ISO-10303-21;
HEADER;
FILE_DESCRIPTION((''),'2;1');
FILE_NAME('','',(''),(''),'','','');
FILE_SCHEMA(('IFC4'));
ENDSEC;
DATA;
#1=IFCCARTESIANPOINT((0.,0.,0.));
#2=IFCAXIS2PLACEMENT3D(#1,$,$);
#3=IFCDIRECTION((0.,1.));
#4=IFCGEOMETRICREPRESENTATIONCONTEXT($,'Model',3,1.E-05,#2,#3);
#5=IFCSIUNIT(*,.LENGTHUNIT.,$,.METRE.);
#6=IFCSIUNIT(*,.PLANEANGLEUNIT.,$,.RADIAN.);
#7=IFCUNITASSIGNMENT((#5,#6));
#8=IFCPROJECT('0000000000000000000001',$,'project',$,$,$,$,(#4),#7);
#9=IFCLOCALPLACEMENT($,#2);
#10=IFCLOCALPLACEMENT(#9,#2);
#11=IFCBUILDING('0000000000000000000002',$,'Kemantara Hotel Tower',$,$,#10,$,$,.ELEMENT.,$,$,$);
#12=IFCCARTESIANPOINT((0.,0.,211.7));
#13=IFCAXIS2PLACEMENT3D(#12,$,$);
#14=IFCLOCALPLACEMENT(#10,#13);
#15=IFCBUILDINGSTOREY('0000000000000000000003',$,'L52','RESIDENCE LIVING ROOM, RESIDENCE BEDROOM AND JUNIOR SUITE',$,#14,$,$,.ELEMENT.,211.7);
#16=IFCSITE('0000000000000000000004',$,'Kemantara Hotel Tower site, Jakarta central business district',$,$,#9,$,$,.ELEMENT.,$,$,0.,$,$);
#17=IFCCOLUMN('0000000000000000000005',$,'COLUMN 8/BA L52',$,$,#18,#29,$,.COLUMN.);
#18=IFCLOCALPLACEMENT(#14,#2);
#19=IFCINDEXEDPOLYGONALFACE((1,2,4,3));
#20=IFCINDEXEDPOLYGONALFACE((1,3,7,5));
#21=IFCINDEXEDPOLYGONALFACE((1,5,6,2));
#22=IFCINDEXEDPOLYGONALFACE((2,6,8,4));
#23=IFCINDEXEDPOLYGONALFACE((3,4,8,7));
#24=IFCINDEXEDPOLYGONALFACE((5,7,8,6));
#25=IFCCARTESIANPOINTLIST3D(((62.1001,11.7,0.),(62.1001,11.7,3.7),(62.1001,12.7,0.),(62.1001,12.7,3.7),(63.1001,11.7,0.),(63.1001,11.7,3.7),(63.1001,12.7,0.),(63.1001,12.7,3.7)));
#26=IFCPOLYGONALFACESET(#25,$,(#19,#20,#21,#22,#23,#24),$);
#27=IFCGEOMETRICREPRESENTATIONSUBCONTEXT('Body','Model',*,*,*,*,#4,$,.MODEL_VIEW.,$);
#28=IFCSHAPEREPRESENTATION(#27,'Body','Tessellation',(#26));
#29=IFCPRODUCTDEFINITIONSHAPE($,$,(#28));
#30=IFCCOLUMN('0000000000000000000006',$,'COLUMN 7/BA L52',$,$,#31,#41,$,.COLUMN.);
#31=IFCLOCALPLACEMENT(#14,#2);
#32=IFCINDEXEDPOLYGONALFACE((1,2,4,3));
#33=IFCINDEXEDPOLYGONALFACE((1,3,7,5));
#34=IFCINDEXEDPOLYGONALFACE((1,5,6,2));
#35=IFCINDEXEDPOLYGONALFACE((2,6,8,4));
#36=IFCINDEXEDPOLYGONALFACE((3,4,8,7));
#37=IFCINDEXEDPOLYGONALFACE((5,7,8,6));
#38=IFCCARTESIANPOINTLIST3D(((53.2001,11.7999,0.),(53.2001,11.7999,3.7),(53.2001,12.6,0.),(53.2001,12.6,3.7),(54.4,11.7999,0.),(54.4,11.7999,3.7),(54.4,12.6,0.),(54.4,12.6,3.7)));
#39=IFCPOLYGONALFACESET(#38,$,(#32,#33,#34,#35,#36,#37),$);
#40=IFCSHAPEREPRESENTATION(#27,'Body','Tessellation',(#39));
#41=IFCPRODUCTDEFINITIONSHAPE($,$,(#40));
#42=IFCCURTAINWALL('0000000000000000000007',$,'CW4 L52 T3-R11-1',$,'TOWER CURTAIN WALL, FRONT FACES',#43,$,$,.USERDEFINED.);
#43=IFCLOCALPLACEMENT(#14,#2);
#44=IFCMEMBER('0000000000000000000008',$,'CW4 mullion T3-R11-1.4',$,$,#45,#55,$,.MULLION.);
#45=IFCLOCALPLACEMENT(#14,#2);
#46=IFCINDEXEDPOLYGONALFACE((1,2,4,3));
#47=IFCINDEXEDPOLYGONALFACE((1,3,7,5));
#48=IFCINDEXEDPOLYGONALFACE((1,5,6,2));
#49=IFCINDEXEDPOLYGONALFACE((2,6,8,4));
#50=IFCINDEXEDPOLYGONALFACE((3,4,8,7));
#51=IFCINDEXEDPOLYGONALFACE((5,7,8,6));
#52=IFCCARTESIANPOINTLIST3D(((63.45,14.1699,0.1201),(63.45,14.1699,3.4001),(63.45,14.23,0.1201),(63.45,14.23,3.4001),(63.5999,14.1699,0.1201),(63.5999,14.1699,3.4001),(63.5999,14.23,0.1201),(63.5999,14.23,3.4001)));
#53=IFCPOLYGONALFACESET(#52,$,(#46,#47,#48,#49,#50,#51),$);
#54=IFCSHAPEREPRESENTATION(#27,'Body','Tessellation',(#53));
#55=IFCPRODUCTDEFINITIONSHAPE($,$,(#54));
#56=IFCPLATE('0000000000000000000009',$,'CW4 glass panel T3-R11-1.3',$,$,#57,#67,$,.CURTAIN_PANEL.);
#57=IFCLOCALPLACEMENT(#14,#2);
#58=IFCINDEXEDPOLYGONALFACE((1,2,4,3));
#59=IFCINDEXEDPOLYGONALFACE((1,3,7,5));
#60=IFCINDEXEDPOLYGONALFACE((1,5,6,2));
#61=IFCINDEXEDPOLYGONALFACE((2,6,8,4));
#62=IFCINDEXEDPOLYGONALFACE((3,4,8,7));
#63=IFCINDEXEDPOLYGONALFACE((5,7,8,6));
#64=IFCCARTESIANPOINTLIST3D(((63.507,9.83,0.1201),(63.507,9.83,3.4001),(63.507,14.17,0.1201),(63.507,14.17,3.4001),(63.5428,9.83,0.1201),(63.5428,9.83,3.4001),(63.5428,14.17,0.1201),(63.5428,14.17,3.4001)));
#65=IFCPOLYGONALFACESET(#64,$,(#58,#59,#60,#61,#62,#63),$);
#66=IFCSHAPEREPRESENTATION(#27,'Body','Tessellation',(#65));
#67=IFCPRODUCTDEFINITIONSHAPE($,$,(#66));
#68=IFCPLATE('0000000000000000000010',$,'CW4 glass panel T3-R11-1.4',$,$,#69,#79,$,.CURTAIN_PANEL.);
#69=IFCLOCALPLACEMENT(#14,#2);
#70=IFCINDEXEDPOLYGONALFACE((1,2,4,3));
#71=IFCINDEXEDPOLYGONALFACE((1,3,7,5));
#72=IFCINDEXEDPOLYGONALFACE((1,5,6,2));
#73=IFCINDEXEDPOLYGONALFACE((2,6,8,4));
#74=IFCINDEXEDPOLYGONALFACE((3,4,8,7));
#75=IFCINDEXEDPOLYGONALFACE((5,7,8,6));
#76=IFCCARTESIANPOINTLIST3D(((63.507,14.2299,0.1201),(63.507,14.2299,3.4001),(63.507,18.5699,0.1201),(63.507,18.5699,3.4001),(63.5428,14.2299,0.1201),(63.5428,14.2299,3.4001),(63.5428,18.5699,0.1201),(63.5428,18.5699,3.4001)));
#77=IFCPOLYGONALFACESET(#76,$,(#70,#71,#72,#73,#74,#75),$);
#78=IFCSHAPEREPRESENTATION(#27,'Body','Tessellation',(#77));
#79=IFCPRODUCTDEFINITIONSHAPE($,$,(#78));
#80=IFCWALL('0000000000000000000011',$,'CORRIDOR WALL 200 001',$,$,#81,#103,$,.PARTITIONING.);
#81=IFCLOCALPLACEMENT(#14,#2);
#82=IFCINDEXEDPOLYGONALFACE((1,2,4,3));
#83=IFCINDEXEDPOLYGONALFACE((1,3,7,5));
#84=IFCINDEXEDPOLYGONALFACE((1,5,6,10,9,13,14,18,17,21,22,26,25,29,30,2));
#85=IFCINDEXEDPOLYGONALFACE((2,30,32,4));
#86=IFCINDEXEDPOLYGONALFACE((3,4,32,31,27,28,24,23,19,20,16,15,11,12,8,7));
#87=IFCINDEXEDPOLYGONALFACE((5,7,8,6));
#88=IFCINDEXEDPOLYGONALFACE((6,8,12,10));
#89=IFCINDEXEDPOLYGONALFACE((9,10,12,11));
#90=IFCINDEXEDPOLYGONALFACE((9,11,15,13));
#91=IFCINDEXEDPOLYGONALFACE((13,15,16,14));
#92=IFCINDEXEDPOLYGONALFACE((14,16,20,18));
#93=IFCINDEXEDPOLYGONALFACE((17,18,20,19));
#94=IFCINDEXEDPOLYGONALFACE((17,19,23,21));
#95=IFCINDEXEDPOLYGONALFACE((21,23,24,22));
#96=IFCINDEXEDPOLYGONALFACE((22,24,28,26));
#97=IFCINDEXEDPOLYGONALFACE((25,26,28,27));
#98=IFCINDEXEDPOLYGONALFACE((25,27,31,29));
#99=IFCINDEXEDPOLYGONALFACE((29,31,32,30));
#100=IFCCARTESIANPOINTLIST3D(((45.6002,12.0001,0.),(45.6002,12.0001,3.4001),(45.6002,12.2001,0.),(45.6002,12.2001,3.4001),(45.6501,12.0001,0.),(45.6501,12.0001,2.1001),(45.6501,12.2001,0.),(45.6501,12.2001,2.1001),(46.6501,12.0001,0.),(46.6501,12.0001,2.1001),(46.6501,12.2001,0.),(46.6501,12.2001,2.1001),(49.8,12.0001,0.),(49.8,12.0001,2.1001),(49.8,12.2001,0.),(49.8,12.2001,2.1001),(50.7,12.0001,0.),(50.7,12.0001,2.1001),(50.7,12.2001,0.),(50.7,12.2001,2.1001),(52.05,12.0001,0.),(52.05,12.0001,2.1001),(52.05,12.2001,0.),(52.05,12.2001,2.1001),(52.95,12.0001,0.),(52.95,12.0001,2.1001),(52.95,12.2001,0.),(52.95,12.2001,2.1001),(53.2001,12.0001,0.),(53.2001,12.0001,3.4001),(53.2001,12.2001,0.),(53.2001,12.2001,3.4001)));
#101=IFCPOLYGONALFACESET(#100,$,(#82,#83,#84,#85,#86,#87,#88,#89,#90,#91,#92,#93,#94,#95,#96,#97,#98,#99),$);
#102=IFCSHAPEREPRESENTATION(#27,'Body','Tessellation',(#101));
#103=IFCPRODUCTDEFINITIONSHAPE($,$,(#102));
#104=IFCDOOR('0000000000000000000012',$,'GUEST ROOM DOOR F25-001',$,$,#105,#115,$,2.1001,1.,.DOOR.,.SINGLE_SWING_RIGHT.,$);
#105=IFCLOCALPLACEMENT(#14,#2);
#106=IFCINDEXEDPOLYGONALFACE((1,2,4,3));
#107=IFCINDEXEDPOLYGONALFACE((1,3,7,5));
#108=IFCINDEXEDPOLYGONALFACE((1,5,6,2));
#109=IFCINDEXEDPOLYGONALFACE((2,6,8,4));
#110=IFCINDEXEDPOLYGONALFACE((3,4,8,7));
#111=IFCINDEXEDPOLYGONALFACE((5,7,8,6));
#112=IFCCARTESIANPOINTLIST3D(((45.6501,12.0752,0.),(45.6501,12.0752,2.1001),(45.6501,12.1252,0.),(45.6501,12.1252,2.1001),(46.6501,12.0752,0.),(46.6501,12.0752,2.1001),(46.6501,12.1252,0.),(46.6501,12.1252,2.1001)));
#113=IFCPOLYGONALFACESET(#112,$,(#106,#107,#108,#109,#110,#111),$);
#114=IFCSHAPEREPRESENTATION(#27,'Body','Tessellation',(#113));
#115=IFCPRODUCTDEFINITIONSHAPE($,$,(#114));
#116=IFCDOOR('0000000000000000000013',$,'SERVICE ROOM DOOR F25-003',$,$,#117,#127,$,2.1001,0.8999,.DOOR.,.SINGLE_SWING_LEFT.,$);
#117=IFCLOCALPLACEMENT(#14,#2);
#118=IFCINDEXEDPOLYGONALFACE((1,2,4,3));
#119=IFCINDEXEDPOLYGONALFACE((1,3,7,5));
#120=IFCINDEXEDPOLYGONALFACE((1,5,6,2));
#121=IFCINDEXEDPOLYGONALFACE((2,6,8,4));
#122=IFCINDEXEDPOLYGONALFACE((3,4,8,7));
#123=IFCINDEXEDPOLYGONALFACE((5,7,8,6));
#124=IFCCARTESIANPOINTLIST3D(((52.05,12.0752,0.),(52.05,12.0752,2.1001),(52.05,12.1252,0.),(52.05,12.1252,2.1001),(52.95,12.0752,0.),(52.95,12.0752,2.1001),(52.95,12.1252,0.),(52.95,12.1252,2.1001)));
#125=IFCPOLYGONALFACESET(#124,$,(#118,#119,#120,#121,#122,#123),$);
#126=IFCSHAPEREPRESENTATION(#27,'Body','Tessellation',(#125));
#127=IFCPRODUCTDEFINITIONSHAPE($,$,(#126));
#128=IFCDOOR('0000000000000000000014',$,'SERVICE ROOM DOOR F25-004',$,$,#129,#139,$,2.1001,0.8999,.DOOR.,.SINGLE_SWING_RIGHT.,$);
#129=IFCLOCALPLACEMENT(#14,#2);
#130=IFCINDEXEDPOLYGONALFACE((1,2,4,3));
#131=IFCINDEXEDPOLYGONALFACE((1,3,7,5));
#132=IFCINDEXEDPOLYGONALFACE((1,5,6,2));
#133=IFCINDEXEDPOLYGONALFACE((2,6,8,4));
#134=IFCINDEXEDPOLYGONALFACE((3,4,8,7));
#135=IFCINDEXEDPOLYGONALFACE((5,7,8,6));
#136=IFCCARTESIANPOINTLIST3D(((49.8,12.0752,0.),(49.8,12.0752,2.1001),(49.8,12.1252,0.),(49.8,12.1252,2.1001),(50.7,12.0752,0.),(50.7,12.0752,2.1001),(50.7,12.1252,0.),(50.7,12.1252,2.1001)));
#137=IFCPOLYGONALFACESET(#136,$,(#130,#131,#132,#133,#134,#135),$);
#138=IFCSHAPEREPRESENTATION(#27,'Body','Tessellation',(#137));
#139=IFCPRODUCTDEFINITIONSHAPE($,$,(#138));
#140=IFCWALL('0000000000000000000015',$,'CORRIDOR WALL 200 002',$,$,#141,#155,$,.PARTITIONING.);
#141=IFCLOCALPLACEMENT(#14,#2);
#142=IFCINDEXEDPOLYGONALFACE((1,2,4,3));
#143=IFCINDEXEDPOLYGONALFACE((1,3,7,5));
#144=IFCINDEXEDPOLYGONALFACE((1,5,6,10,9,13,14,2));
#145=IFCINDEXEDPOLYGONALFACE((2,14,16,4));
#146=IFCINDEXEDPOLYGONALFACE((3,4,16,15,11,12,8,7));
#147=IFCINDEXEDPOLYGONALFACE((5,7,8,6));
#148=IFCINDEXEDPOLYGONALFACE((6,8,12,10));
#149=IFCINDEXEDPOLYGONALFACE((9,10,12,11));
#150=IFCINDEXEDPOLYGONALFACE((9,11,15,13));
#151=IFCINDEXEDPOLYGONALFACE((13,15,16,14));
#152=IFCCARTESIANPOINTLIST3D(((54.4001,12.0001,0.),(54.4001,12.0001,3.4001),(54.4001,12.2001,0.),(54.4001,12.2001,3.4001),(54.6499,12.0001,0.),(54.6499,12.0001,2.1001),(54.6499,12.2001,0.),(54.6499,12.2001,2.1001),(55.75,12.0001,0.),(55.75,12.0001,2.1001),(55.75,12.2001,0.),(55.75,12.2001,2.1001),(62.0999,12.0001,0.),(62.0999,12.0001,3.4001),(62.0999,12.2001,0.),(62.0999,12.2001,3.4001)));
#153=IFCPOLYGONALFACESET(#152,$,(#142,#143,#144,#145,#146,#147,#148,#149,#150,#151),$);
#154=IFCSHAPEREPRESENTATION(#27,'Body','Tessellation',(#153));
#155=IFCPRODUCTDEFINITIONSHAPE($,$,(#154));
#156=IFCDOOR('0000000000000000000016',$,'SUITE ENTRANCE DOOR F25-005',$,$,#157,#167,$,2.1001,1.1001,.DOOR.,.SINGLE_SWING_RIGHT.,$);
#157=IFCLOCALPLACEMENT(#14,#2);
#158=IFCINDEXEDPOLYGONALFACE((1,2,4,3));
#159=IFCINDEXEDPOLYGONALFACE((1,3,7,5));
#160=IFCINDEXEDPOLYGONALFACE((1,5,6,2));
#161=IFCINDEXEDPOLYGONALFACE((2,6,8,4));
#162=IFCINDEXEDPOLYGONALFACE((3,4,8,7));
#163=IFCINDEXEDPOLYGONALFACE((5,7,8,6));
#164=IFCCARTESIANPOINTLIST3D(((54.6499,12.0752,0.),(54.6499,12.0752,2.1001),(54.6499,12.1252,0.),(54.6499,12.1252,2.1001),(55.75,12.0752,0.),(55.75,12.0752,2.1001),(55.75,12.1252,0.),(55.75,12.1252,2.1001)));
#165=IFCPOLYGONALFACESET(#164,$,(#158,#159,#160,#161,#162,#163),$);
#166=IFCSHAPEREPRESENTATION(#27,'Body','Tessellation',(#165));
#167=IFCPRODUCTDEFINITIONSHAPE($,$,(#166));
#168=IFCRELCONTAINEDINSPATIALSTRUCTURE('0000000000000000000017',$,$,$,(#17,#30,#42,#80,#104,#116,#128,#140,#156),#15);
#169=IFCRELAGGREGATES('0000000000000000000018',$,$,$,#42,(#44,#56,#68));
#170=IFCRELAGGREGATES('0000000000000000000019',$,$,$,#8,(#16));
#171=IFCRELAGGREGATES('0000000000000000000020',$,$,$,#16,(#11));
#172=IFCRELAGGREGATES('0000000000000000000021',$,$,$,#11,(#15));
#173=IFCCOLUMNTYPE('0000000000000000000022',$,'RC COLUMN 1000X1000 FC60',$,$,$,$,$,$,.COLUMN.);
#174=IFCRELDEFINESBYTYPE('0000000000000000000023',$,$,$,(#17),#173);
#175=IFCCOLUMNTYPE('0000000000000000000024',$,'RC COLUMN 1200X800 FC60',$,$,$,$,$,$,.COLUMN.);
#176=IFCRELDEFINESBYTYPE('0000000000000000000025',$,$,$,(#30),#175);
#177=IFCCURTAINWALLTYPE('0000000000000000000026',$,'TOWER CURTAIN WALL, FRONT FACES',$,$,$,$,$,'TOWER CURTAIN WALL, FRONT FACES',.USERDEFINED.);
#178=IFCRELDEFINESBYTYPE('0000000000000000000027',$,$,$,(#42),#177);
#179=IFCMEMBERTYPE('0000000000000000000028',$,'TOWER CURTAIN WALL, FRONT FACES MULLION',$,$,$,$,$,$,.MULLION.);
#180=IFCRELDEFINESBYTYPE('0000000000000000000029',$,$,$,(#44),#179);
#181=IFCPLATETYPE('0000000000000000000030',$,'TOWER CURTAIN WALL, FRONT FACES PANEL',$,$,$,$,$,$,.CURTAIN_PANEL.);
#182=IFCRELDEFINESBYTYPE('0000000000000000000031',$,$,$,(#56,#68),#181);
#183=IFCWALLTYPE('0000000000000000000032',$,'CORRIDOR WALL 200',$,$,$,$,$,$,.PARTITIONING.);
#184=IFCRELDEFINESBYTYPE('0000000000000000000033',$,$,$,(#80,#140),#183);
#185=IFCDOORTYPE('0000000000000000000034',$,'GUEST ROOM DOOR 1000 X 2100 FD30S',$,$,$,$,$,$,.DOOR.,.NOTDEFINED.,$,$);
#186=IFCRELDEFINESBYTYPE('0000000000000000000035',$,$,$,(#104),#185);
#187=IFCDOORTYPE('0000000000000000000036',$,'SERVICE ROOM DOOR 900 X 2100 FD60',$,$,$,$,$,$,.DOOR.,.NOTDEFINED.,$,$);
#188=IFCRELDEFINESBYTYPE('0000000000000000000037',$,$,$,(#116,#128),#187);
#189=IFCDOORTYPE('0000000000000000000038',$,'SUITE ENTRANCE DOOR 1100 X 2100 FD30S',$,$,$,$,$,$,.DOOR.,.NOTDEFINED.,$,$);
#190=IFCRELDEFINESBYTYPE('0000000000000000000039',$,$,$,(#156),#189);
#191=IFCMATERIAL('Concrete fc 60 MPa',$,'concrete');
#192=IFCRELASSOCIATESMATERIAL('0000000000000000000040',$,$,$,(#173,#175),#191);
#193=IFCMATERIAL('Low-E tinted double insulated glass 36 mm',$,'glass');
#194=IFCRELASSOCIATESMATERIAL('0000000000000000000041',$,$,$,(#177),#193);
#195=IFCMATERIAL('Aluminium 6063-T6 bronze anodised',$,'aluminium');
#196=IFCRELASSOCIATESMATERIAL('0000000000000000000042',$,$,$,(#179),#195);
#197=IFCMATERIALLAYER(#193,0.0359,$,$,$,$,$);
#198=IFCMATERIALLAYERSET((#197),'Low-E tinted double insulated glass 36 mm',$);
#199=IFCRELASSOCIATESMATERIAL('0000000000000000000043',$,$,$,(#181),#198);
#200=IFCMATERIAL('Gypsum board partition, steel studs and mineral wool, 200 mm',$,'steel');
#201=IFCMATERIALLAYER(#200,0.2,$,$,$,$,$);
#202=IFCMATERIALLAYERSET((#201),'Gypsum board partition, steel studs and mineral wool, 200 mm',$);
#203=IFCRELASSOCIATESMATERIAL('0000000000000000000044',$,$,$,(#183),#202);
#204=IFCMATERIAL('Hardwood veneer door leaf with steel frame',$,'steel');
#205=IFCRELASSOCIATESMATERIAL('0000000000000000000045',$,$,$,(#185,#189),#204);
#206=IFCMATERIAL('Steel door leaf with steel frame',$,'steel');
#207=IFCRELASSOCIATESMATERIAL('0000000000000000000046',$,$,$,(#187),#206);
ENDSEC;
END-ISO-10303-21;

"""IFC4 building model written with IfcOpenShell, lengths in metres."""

from ifc_helpers import new_model, si_unit, direction, frame, frame_2d, origin, origin_2d, place, context, subcontext, project, spatial, rectangle, extrude, source, transform, mapped, material, layer, layer_set, material_profile, profile_set, type_object, element, fill, aggregate, save


model = new_model("IFC4")

# Units and contexts
model_context = context("Model", 3, precision=1e-05, world=origin(), true_north=direction((0.0, 1.0)))
body_context = subcontext(model_context, "Body", "Model", "MODEL_VIEW")
ifc_project = project(units=[si_unit("LENGTHUNIT", "METRE"), si_unit("PLANEANGLEUNIT", "RADIAN")], contexts=[model_context])

# Site, building, storey
site_placement = place(None, origin())
site = spatial("IfcSite", under=ifc_project, at=site_placement, Name="Kemantara Hotel Tower site, Jakarta central business district", CompositionType="ELEMENT", RefElevation=0.0)
building_placement = place(site_placement, origin())
building = spatial("IfcBuilding", under=site, at=building_placement, Name="Kemantara Hotel Tower", CompositionType="ELEMENT")
storey_placement = place(building_placement, frame((0.0, 0.0, 211.7)))
storey = spatial("IfcBuildingStorey", under=building, at=storey_placement, Name="L52", Description="RESIDENCE LIVING ROOM, RESIDENCE BEDROOM AND JUNIOR SUITE", CompositionType="ELEMENT", Elevation=211.7)

# Columns
ifc_material_1 = material(Name="Concrete fc 60 MPa", Category="concrete")
ifc_material_profile_1 = material_profile(ifc_material_1, rectangle(XDim=1.0, YDim=1.0, at=origin_2d()), Name="RC 1000X1000")
ifc_profile_set_1 = profile_set([ifc_material_profile_1], Name="Concrete fc 60 MPa")
column_type_1 = type_object("IfcColumnType", Name="RC COLUMN 1000X1000 FC60", PredefinedType="COLUMN", material=ifc_profile_set_1)
column_1_placement = place(storey_placement, frame((62.6001, 12.2, 0.0), z_axis=(0.0, 0.0, 1.0), x_axis=(1.0, 0.0, 0.0)))
element("IfcColumn", 1, at=column_1_placement, inside=storey, type_object=column_type_1, Name="COLUMN 8/BA L52", PredefinedType="COLUMN", context=body_context, shape_type="SweptSolid", body=[
    extrude(rectangle(XDim=1.0, YDim=1.0, at=origin_2d()), origin(), (0.0, 0.0, 1.0), 3.7),
])
ifc_material_profile_2 = material_profile(ifc_material_1, rectangle(XDim=1.2, YDim=0.8, at=origin_2d()), Name="RC 1200X800")
ifc_profile_set_2 = profile_set([ifc_material_profile_2], Name="Concrete fc 60 MPa")
column_type_2 = type_object("IfcColumnType", Name="RC COLUMN 1200X800 FC60", PredefinedType="COLUMN", material=ifc_profile_set_2)
column_2_placement = place(storey_placement, frame((53.8, 12.2, 0.0), z_axis=(0.0, 0.0, 1.0), x_axis=(1.0, 0.0, 0.0)))
element("IfcColumn", 2, at=column_2_placement, inside=storey, type_object=column_type_2, Name="COLUMN 7/BA L52", PredefinedType="COLUMN", context=body_context, shape_type="SweptSolid", body=[
    extrude(rectangle(XDim=1.2, YDim=0.8, at=origin_2d()), origin(), (0.0, 0.0, 1.0), 3.7),
])

# Curtain wall, member, plates
ifc_material_2 = material(Name="Low-E tinted double insulated glass 36 mm", Category="glass")
curtain_wall_type = type_object("IfcCurtainWallType", Name="TOWER CURTAIN WALL, FRONT FACES", ElementType="TOWER CURTAIN WALL, FRONT FACES", PredefinedType="USERDEFINED", material=ifc_material_2)
curtain_wall_placement = place(storey_placement, origin())
curtain_wall = element("IfcCurtainWall", 3, at=curtain_wall_placement, inside=storey, type_object=curtain_wall_type, Name="CW4 L52 T3-R11-1", ObjectType="TOWER CURTAIN WALL, FRONT FACES", PredefinedType="USERDEFINED")
ifc_material_3 = material(Name="Aluminium 6063-T6 bronze anodised", Category="aluminium")
ifc_material_profile_3 = material_profile(ifc_material_3, rectangle(XDim=0.1499, YDim=0.0601, at=origin_2d()), Name="TOWER CURTAIN WALL, FRONT FACES MULLION")
ifc_profile_set_3 = profile_set([ifc_material_profile_3], Name="Aluminium 6063-T6 bronze anodised")
member_type = type_object("IfcMemberType", Name="TOWER CURTAIN WALL, FRONT FACES MULLION", PredefinedType="MULLION", material=ifc_profile_set_3)
shared_shape_1 = source(origin(), body_context, "Body", "SweptSolid", [
    extrude(rectangle(XDim=0.1499, YDim=0.0601, at=origin_2d()), origin(), (0.0, 0.0, 1.0), 3.28),
])
member_placement = place(storey_placement, frame((63.5249, 14.2, 0.1201), z_axis=(0.0, 0.0, 1.0), x_axis=(-1.0, 0.0, 0.0)))
member = element("IfcMember", 4, at=member_placement, type_object=member_type, Name="CW4 mullion T3-R11-1.4", PredefinedType="MULLION", context=body_context, shape_type="MappedRepresentation", body=[
    mapped(shared_shape_1, transform((0.0, 0.0, 0.0))),
])
ifc_layer_1 = layer(ifc_material_2, 0.0359)
ifc_layer_set_1 = layer_set([ifc_layer_1], Name="Low-E tinted double insulated glass 36 mm")
plate_type = type_object("IfcPlateType", Name="TOWER CURTAIN WALL, FRONT FACES PANEL", PredefinedType="CURTAIN_PANEL", material=ifc_layer_set_1)
shared_shape_2 = source(origin(), body_context, "Body", "SweptSolid", [
    extrude(rectangle(XDim=4.3401, YDim=0.0359, at=origin_2d()), origin(), (0.0, 0.0, 1.0), 3.28),
])
plate_1_placement = place(storey_placement, frame((63.5249, 12.0, 0.1201), z_axis=(0.0, 0.0, 1.0), x_axis=(0.0, 1.0, 0.0)))
plate_1 = element("IfcPlate", 5, at=plate_1_placement, type_object=plate_type, Name="CW4 glass panel T3-R11-1.3", PredefinedType="CURTAIN_PANEL", context=body_context, shape_type="MappedRepresentation", body=[
    mapped(shared_shape_2, transform((0.0, 0.0, 0.0))),
])
plate_2_placement = place(storey_placement, frame((63.5249, 16.3999, 0.1201), z_axis=(0.0, 0.0, 1.0), x_axis=(0.0, 1.0, 0.0)))
plate_2 = element("IfcPlate", 6, at=plate_2_placement, type_object=plate_type, Name="CW4 glass panel T3-R11-1.4", PredefinedType="CURTAIN_PANEL", context=body_context, shape_type="MappedRepresentation", body=[
    mapped(shared_shape_2, transform((0.0, 0.0, 0.0))),
])
aggregate(curtain_wall, [member, plate_1, plate_2])

# Wall, openings, doors
ifc_material_4 = material(Name="Gypsum board partition, steel studs and mineral wool, 200 mm", Category="steel")
ifc_layer_2 = layer(ifc_material_4, 0.2)
ifc_layer_set_2 = layer_set([ifc_layer_2], Name="Gypsum board partition, steel studs and mineral wool, 200 mm")
wall_type_1 = type_object("IfcWallType", Name="CORRIDOR WALL 200", PredefinedType="PARTITIONING", material=ifc_layer_set_2)
wall_1_placement = place(storey_placement, frame((53.2, 12.1001, 0.0), z_axis=(0.0, 0.0, 1.0), x_axis=(-1.0, 0.0, 0.0)))
wall_1 = element("IfcWall", 7, at=wall_1_placement, inside=storey, type_object=wall_type_1, Name="CORRIDOR WALL 200 001", PredefinedType="PARTITIONING", context=body_context, shape_type="SweptSolid", body=[
    extrude(rectangle(XDim=7.5999, YDim=0.2, at=frame_2d((3.7998, 0.0))), origin(), (0.0, 0.0, 1.0), 3.4001),
])
opening_1_placement = place(wall_1_placement, frame((6.5498, 0.0, 0.0)))
opening_1 = element("IfcOpeningElement", 8, at=opening_1_placement, cuts=wall_1, PredefinedType="OPENING", context=body_context, shape_type="SweptSolid", body=[
    extrude(rectangle(XDim=1.0, YDim=2.1001, at=frame_2d((0.5, 1.05))), frame((0.0, 0.1099, 0.0), z_axis=(0.0, -1.0, 0.0), x_axis=(1.0, 0.0, 0.0)), (0.0, 0.0, 1.0), 0.22),
])
opening_2_placement = place(wall_1_placement, frame((0.25, 0.0, 0.0)))
opening_2 = element("IfcOpeningElement", 9, at=opening_2_placement, cuts=wall_1, PredefinedType="OPENING", context=body_context, shape_type="SweptSolid", body=[
    extrude(rectangle(XDim=0.8999, YDim=2.1001, at=frame_2d((0.45, 1.05))), frame((0.0, 0.1099, 0.0), z_axis=(0.0, -1.0, 0.0), x_axis=(1.0, 0.0, 0.0)), (0.0, 0.0, 1.0), 0.22),
])
opening_3_placement = place(wall_1_placement, frame((2.5, 0.0, 0.0)))
opening_3 = element("IfcOpeningElement", 10, at=opening_3_placement, cuts=wall_1, PredefinedType="OPENING", context=body_context, shape_type="SweptSolid", body=[
    extrude(rectangle(XDim=0.8999, YDim=2.1001, at=frame_2d((0.45, 1.05))), frame((0.0, 0.1099, 0.0), z_axis=(0.0, -1.0, 0.0), x_axis=(1.0, 0.0, 0.0)), (0.0, 0.0, 1.0), 0.22),
])
ifc_material_5 = material(Name="Hardwood veneer door leaf with steel frame", Category="steel")
door_type_1 = type_object("IfcDoorType", Name="GUEST ROOM DOOR 1000 X 2100 FD30S", OperationType="NOTDEFINED", PredefinedType="DOOR", material=ifc_material_5)
door_1_placement = place(opening_1_placement, origin())
door_1 = element("IfcDoor", 11, at=door_1_placement, inside=storey, type_object=door_type_1, Name="GUEST ROOM DOOR F25-001", OperationType="SINGLE_SWING_RIGHT", OverallHeight=2.1001, OverallWidth=1.0, PredefinedType="DOOR", context=body_context, shape_type="SweptSolid", body=[
    extrude(rectangle(XDim=1.0, YDim=2.1001, at=frame_2d((0.5, 1.05))), frame((0.0, 0.0249, 0.0), z_axis=(0.0, -1.0, 0.0), x_axis=(1.0, 0.0, 0.0)), (0.0, 0.0, 1.0), 0.05),
])
fill(opening_1, door_1)
ifc_material_6 = material(Name="Steel door leaf with steel frame", Category="steel")
door_type_2 = type_object("IfcDoorType", Name="SERVICE ROOM DOOR 900 X 2100 FD60", OperationType="NOTDEFINED", PredefinedType="DOOR", material=ifc_material_6)
door_2_placement = place(opening_2_placement, origin())
door_2 = element("IfcDoor", 12, at=door_2_placement, inside=storey, type_object=door_type_2, Name="SERVICE ROOM DOOR F25-003", OperationType="SINGLE_SWING_LEFT", OverallHeight=2.1001, OverallWidth=0.8999, PredefinedType="DOOR", context=body_context, shape_type="SweptSolid", body=[
    extrude(rectangle(XDim=0.8999, YDim=2.1001, at=frame_2d((0.45, 1.05))), frame((0.0, 0.0249, 0.0), z_axis=(0.0, -1.0, 0.0), x_axis=(1.0, 0.0, 0.0)), (0.0, 0.0, 1.0), 0.05),
])
fill(opening_2, door_2)
door_3_placement = place(opening_3_placement, origin())
door_3 = element("IfcDoor", 13, at=door_3_placement, inside=storey, type_object=door_type_2, Name="SERVICE ROOM DOOR F25-004", OperationType="SINGLE_SWING_RIGHT", OverallHeight=2.1001, OverallWidth=0.8999, PredefinedType="DOOR", context=body_context, shape_type="SweptSolid", body=[
    extrude(rectangle(XDim=0.8999, YDim=2.1001, at=frame_2d((0.45, 1.05))), frame((0.0, 0.0249, 0.0), z_axis=(0.0, -1.0, 0.0), x_axis=(1.0, 0.0, 0.0)), (0.0, 0.0, 1.0), 0.05),
])
fill(opening_3, door_3)

# Wall, opening, door
wall_2_placement = place(storey_placement, frame((62.0999, 12.1001, 0.0), z_axis=(0.0, 0.0, 1.0), x_axis=(-1.0, 0.0, 0.0)))
wall_2 = element("IfcWall", 14, at=wall_2_placement, inside=storey, type_object=wall_type_1, Name="CORRIDOR WALL 200 002", PredefinedType="PARTITIONING", context=body_context, shape_type="SweptSolid", body=[
    extrude(rectangle(XDim=7.6997, YDim=0.2, at=frame_2d((3.8499, 0.0))), origin(), (0.0, 0.0, 1.0), 3.4001),
])
opening_4_placement = place(wall_2_placement, frame((6.3499, 0.0, 0.0)))
opening_4 = element("IfcOpeningElement", 15, at=opening_4_placement, cuts=wall_2, PredefinedType="OPENING", context=body_context, shape_type="SweptSolid", body=[
    extrude(rectangle(XDim=1.1001, YDim=2.1001, at=frame_2d((0.55, 1.05))), frame((0.0, 0.1099, 0.0), z_axis=(0.0, -1.0, 0.0), x_axis=(1.0, 0.0, 0.0)), (0.0, 0.0, 1.0), 0.22),
])
door_type_3 = type_object("IfcDoorType", Name="SUITE ENTRANCE DOOR 1100 X 2100 FD30S", OperationType="NOTDEFINED", PredefinedType="DOOR", material=ifc_material_5)
door_4_placement = place(opening_4_placement, origin())
door_4 = element("IfcDoor", 16, at=door_4_placement, inside=storey, type_object=door_type_3, Name="SUITE ENTRANCE DOOR F25-005", OperationType="SINGLE_SWING_RIGHT", OverallHeight=2.1001, OverallWidth=1.1001, PredefinedType="DOOR", context=body_context, shape_type="SweptSolid", body=[
    extrude(rectangle(XDim=1.1001, YDim=2.1001, at=frame_2d((0.55, 1.05))), frame((0.0, 0.0249, 0.0), z_axis=(0.0, -1.0, 0.0), x_axis=(1.0, 0.0, 0.0)), (0.0, 0.0, 1.0), 0.05),
])
fill(opening_4, door_4)

save(model, "model.ifc")
